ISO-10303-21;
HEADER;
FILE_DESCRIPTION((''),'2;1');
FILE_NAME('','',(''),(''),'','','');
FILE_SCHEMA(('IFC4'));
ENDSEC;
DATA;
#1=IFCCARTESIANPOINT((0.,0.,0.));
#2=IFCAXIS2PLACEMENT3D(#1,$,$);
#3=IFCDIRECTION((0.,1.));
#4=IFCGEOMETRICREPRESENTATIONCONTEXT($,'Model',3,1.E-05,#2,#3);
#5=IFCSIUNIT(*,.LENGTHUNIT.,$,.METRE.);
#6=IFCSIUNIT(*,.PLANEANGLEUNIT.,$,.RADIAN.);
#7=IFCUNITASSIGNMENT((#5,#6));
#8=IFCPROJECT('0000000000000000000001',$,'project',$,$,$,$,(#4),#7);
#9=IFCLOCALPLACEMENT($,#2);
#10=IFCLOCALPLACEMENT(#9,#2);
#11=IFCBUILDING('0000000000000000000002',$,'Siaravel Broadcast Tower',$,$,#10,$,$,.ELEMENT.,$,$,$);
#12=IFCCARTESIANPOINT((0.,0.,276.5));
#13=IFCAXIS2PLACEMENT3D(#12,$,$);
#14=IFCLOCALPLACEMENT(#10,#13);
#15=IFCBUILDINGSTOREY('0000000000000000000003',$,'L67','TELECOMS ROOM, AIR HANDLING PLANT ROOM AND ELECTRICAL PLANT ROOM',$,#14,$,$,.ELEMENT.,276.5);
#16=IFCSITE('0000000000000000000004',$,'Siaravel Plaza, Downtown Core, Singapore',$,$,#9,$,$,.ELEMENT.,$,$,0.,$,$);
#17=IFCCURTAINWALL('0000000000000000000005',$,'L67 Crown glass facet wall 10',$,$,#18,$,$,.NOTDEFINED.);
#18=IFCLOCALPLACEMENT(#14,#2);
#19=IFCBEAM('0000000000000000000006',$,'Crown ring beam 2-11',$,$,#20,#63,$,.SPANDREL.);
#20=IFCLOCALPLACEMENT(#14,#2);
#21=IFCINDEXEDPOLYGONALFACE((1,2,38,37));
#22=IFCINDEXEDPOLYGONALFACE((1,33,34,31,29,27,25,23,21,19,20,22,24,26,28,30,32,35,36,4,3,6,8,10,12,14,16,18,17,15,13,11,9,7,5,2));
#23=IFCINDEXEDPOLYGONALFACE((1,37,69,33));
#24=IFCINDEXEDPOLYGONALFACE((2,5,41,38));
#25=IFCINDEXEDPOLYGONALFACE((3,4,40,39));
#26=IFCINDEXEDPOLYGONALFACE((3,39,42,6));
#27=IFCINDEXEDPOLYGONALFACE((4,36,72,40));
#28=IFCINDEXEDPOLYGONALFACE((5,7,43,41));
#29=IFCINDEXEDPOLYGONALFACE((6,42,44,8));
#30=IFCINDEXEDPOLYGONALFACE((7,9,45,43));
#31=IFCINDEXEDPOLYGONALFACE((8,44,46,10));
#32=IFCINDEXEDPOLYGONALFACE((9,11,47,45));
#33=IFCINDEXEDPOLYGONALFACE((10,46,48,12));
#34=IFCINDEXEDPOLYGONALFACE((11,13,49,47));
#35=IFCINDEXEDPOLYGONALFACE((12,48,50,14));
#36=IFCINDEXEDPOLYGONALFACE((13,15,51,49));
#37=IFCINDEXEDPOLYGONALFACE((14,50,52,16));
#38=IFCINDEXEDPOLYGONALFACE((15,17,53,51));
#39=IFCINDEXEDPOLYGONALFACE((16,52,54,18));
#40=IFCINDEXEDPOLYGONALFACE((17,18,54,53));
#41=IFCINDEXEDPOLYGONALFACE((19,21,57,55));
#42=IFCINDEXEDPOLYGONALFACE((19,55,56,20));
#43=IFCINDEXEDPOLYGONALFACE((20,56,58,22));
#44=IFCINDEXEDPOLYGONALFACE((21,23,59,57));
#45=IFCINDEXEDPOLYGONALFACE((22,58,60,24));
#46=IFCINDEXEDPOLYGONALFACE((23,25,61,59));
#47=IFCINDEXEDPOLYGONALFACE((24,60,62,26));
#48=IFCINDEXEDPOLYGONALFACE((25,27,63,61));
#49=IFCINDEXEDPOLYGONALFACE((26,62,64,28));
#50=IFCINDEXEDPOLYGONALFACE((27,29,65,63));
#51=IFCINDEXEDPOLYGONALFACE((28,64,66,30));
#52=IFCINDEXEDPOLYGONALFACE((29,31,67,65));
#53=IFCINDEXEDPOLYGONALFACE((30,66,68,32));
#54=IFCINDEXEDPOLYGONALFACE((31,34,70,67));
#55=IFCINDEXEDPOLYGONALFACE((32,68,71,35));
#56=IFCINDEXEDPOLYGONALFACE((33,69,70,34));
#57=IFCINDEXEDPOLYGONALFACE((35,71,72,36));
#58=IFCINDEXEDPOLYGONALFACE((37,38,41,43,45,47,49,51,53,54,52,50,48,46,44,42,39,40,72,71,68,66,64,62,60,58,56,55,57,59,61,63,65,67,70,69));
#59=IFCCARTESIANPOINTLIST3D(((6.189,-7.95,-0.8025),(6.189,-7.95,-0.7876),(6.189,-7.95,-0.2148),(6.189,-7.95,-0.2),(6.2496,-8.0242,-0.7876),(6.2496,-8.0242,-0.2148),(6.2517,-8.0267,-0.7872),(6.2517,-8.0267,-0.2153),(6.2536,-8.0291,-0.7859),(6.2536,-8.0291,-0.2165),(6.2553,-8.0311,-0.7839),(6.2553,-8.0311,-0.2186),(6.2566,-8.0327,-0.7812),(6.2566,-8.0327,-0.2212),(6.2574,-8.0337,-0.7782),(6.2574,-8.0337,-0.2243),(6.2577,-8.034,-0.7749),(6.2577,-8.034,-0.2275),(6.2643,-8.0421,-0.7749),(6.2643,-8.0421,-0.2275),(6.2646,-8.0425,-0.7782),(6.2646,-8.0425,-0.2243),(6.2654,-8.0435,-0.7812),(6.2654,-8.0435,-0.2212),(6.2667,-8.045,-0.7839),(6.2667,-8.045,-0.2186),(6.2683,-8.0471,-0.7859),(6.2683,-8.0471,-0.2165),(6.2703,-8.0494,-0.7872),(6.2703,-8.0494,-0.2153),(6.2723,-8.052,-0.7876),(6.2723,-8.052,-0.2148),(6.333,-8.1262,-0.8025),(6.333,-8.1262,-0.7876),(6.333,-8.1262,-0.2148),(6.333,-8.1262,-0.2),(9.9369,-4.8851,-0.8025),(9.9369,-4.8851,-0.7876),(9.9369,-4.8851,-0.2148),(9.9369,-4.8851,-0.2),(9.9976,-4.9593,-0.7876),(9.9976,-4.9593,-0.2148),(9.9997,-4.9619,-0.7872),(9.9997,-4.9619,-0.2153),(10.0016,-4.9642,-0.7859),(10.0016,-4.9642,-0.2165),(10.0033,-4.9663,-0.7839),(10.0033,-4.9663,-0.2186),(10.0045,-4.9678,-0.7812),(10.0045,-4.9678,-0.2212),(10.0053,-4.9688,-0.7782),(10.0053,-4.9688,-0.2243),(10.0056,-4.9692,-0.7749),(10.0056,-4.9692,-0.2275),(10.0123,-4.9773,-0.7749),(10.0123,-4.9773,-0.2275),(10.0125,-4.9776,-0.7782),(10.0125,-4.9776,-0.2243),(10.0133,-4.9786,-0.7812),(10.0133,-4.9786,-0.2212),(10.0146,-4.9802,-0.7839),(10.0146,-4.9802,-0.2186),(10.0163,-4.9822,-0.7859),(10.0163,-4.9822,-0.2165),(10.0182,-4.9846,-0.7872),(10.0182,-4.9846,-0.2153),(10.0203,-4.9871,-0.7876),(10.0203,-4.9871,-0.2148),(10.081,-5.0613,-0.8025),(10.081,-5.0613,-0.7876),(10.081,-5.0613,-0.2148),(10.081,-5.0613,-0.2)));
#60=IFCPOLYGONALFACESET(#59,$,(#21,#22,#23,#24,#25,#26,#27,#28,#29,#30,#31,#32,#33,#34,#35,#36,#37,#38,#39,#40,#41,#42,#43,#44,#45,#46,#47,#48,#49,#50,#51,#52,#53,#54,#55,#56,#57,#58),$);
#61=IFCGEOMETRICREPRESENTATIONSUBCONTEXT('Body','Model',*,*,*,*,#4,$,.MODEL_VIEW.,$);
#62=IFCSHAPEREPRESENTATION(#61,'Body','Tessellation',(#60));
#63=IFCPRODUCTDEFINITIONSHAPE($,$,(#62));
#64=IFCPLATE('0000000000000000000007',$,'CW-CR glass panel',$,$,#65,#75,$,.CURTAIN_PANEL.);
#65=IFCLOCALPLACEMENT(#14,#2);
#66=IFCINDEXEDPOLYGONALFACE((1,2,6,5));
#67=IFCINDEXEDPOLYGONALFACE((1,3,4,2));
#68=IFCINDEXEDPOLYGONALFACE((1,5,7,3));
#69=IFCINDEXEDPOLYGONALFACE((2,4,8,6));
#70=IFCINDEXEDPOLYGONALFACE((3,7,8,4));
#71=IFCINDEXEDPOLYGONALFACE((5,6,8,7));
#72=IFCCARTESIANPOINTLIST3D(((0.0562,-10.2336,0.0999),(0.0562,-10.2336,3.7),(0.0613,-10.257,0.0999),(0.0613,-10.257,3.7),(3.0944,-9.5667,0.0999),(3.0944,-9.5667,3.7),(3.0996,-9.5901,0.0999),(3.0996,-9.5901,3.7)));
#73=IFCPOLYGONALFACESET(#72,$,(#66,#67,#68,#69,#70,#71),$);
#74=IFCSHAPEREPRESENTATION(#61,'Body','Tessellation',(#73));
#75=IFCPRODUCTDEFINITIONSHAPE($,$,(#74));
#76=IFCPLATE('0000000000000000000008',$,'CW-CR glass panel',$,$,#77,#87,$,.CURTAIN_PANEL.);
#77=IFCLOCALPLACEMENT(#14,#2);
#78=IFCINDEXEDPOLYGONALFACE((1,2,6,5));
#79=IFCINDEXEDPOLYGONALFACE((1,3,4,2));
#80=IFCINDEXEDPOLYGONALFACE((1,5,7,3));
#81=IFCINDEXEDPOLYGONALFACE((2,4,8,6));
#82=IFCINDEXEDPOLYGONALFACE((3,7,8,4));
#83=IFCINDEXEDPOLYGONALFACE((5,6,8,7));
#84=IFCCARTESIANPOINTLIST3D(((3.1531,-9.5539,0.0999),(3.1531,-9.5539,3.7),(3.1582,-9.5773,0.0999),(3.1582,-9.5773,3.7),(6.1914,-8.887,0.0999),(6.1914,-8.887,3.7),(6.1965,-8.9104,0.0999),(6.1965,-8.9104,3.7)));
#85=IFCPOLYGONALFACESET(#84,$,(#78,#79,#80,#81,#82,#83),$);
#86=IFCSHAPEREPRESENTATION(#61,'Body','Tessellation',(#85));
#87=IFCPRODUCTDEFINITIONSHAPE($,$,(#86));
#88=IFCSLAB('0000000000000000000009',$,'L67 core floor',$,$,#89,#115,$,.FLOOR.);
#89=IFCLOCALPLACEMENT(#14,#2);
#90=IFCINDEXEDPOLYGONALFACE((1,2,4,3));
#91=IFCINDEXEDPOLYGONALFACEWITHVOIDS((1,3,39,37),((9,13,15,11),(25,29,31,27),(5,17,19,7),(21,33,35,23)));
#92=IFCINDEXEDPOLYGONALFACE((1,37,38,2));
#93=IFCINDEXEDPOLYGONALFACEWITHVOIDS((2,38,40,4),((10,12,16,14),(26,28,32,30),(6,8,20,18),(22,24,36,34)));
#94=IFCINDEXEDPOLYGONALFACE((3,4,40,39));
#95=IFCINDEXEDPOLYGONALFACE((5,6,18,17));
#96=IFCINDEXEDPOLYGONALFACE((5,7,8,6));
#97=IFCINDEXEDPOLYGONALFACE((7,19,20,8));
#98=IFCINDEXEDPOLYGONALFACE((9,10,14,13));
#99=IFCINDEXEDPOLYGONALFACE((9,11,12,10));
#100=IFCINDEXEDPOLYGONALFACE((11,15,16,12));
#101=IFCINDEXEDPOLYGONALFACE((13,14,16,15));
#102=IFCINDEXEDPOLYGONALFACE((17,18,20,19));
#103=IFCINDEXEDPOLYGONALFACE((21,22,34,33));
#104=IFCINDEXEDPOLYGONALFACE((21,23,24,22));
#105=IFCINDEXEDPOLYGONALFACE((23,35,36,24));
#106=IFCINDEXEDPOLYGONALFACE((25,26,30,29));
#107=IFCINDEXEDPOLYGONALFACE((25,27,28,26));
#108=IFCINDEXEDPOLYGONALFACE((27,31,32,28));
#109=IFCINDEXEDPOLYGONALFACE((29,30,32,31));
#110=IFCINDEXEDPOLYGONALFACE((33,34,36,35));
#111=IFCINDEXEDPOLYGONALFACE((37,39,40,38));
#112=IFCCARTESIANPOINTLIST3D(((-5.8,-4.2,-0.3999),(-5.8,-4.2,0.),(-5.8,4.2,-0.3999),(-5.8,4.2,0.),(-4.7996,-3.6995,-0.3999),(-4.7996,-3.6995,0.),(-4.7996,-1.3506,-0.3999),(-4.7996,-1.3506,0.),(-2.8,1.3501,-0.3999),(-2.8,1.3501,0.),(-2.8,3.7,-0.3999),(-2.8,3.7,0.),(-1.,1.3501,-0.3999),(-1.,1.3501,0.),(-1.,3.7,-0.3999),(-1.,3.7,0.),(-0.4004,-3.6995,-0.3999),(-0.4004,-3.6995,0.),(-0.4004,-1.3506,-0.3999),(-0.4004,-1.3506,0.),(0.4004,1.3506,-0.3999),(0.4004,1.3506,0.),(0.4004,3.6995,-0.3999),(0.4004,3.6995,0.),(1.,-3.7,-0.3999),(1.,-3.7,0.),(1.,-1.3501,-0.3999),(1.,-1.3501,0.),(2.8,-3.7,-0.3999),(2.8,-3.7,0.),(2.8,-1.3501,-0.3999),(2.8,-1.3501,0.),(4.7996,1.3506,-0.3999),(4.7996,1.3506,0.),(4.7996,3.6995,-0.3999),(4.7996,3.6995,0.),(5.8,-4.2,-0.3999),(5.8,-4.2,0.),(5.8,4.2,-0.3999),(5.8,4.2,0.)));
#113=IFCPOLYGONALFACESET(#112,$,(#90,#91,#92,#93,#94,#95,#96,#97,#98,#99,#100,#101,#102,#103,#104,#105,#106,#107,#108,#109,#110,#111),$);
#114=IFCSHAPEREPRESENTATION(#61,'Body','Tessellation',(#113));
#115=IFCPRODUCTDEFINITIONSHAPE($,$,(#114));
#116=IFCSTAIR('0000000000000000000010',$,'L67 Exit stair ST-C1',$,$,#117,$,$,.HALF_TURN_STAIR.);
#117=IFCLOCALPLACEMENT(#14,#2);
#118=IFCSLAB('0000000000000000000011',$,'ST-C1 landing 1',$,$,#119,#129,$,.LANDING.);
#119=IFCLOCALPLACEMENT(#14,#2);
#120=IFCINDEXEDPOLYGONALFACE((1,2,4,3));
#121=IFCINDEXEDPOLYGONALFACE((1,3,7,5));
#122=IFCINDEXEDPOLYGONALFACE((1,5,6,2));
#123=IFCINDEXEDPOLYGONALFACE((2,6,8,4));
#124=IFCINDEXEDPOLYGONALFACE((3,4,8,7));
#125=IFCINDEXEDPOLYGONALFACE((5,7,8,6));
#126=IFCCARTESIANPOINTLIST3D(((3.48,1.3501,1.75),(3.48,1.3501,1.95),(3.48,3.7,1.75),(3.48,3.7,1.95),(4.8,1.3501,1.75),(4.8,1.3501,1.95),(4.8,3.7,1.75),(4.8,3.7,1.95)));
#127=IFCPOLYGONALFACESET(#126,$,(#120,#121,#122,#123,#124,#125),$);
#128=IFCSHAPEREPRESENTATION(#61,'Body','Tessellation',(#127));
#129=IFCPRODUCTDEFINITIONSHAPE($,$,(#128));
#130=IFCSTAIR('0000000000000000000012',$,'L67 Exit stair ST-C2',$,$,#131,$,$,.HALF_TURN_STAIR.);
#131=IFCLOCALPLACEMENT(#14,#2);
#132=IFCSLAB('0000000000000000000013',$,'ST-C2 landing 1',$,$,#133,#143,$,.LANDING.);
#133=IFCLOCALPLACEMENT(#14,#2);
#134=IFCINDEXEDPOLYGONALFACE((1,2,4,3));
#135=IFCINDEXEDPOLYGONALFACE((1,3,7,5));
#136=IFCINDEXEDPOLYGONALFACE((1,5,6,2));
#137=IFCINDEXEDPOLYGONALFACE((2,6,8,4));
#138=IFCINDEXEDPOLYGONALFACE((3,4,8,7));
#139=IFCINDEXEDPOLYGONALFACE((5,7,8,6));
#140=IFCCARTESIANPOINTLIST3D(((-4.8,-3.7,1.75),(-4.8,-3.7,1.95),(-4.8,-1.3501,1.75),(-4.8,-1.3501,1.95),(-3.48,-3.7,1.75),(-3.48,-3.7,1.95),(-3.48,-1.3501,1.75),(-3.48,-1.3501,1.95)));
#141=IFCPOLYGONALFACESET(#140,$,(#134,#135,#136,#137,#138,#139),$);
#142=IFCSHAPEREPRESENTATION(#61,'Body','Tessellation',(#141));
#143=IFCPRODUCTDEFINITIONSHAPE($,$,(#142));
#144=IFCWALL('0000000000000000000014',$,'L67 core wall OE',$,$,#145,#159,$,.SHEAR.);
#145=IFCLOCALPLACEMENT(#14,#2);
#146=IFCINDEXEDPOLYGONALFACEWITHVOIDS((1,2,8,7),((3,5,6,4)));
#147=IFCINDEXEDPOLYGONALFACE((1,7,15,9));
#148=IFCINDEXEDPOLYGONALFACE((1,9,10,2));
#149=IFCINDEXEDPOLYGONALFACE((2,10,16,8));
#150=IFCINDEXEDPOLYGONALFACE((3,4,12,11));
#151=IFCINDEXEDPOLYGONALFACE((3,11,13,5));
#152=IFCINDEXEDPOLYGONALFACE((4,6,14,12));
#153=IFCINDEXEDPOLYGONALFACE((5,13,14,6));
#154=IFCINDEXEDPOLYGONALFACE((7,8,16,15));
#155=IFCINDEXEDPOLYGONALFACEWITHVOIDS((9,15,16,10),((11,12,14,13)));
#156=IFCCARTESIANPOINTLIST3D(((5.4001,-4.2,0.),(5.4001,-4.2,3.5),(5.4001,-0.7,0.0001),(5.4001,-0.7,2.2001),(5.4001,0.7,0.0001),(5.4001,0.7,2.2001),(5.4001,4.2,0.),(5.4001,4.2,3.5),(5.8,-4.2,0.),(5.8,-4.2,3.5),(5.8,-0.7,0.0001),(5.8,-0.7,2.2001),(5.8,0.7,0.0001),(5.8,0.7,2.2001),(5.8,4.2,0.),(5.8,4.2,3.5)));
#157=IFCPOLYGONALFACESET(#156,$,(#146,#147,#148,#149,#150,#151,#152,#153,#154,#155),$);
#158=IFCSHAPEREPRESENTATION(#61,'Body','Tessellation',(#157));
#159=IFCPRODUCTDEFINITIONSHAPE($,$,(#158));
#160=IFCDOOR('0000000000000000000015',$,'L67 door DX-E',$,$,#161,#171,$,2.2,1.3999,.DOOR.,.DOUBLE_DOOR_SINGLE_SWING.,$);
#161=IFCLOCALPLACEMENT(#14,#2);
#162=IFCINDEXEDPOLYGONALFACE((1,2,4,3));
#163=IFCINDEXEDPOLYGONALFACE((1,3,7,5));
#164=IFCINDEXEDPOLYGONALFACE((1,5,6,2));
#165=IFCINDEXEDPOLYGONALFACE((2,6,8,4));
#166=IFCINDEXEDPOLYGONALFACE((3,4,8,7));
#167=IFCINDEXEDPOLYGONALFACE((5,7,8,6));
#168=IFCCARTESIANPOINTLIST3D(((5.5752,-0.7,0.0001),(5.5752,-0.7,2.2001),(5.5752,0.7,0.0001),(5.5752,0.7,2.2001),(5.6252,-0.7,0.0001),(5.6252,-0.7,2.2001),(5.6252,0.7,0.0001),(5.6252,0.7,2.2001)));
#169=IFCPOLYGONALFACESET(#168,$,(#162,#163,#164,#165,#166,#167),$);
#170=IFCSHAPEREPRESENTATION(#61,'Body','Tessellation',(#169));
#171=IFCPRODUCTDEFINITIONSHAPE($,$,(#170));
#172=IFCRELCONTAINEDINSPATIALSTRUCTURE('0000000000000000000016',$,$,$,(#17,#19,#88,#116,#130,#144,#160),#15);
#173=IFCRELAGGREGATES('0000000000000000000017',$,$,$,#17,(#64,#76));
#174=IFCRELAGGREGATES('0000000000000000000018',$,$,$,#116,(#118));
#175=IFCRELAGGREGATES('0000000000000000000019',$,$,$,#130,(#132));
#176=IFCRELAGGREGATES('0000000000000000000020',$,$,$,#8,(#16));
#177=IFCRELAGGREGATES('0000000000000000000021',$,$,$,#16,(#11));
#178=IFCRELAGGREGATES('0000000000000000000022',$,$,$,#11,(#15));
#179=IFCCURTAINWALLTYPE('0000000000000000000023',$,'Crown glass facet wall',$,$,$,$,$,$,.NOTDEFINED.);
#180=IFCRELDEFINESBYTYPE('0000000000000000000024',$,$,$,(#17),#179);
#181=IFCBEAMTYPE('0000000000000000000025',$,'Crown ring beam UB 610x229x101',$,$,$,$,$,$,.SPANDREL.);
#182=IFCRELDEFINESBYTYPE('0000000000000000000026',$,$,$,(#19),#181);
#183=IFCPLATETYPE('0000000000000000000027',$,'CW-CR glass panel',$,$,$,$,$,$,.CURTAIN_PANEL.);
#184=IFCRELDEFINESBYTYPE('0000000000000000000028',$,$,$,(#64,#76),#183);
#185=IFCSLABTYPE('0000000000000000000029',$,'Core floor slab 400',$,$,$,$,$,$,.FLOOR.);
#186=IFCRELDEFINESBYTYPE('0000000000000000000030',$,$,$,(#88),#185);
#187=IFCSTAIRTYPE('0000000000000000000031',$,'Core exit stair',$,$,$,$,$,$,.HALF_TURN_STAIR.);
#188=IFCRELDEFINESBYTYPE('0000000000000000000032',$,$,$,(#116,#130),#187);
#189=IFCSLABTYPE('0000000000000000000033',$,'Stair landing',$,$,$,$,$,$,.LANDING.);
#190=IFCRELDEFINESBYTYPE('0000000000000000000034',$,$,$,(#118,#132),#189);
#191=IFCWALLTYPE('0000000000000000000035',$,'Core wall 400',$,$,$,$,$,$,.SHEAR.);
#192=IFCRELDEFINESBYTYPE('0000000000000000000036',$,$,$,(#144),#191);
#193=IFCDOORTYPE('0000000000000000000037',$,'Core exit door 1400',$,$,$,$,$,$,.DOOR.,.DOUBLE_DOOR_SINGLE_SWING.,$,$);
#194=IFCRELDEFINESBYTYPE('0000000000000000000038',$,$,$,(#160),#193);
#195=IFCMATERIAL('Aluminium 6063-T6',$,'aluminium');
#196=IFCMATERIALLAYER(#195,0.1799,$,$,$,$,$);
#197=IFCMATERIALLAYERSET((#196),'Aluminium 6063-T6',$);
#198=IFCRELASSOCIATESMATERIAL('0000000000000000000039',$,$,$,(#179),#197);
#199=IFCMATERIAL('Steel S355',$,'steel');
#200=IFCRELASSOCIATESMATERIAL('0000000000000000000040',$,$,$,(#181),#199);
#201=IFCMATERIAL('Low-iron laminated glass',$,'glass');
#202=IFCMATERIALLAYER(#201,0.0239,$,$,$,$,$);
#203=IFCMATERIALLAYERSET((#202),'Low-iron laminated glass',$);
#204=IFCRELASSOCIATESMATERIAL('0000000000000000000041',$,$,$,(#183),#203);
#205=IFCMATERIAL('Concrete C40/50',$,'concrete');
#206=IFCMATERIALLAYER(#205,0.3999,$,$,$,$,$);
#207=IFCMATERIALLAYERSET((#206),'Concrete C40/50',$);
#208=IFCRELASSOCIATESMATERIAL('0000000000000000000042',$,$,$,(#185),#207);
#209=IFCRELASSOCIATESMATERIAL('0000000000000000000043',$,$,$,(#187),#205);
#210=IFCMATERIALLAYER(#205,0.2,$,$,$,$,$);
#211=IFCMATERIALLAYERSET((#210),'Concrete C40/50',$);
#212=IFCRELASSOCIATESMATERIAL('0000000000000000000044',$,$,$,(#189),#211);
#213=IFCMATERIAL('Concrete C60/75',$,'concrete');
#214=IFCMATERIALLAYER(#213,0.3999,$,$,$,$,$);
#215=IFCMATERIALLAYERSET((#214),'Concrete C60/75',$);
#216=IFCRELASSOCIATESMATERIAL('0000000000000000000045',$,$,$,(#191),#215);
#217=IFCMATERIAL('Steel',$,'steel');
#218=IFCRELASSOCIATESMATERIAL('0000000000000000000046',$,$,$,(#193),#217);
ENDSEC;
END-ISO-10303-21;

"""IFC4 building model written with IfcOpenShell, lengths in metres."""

from ifc_helpers import new_model, si_unit, direction, frame, frame_2d, origin, origin_2d, place, context, subcontext, project, spatial, polyline, rectangle, i_section, outline, extrude, material, layer, layer_set, material_profile, profile_set, type_object, element, fill, aggregate, save


model = new_model("IFC4")

# Units and contexts
model_context = context("Model", 3, precision=1e-05, world=origin(), true_north=direction((0.0, 1.0)))
body_context = subcontext(model_context, "Body", "Model", "MODEL_VIEW")
ifc_project = project(units=[si_unit("LENGTHUNIT", "METRE"), si_unit("PLANEANGLEUNIT", "RADIAN")], contexts=[model_context])

# Site, building, storey
site_placement = place(None, origin())
site = spatial("IfcSite", under=ifc_project, at=site_placement, Name="Siaravel Plaza, Downtown Core, Singapore", CompositionType="ELEMENT", RefElevation=0.0)
building_placement = place(site_placement, origin())
building = spatial("IfcBuilding", under=site, at=building_placement, Name="Siaravel Broadcast Tower", CompositionType="ELEMENT")
storey_placement = place(building_placement, frame((0.0, 0.0, 276.5)))
storey = spatial("IfcBuildingStorey", under=building, at=storey_placement, Name="L67", Description="TELECOMS ROOM, AIR HANDLING PLANT ROOM AND ELECTRICAL PLANT ROOM", CompositionType="ELEMENT", Elevation=276.5)

# Curtain wall
ifc_material_1 = material(Name="Aluminium 6063-T6", Category="aluminium")
ifc_layer_1 = layer(ifc_material_1, 0.1799)
ifc_layer_set_1 = layer_set([ifc_layer_1], Name="Aluminium 6063-T6")
curtain_wall_type = type_object("IfcCurtainWallType", Name="Crown glass facet wall", PredefinedType="NOTDEFINED", material=ifc_layer_set_1)
curtain_wall_1_placement = place(storey_placement, origin())
curtain_wall_1 = element("IfcCurtainWall", 1, at=curtain_wall_1_placement, inside=storey, type_object=curtain_wall_type, Name="L67 Crown glass facet wall 10", PredefinedType="NOTDEFINED")

# Beam
ifc_material_2 = material(Name="Steel S355", Category="steel")
ifc_material_profile_1 = material_profile(ifc_material_2, i_section(OverallWidth=0.2275, OverallDepth=0.6025, WebThickness=0.0105, FlangeThickness=0.0149, FilletRadius=0.0127, at=origin_2d()))
ifc_profile_set_1 = profile_set([ifc_material_profile_1], Name="Steel S355")
beam_type_1 = type_object("IfcBeamType", Name="Crown ring beam UB 610x229x101", PredefinedType="SPANDREL", material=ifc_profile_set_1)
beam_1_placement = place(storey_placement, frame((6.261, -8.0381, -0.5012), z_axis=(0.774124, 0.633035, 0.0), x_axis=(-0.633035, 0.774124, 0.0)))
element("IfcBeam", 2, at=beam_1_placement, inside=storey, type_object=beam_type_1, Name="Crown ring beam 2-11", PredefinedType="SPANDREL", context=body_context, shape_type="SweptSolid", body=[
    extrude(i_section(OverallWidth=0.2275, OverallDepth=0.6025, WebThickness=0.0105, FlangeThickness=0.0149, FilletRadius=0.0127, at=origin_2d()), origin(), (0.0, 0.0, 1.0), 4.8416),
])

# Plates
ifc_material_3 = material(Name="Low-iron laminated glass", Category="glass")
ifc_layer_2 = layer(ifc_material_3, 0.0239)
ifc_layer_set_2 = layer_set([ifc_layer_2], Name="Low-iron laminated glass")
plate_type = type_object("IfcPlateType", Name="CW-CR glass panel", PredefinedType="CURTAIN_PANEL", material=ifc_layer_set_2)
plate_1_placement = place(storey_placement, frame((1.5779, -9.9119, 0.0999), z_axis=(0.0, 0.0, 1.0), x_axis=(0.976747, 0.214394, 0.0)))
plate_1 = element("IfcPlate", 3, at=plate_1_placement, type_object=plate_type, Name="CW-CR glass panel", PredefinedType="CURTAIN_PANEL", context=body_context, shape_type="SweptSolid", body=[
    extrude(rectangle(XDim=3.1106, YDim=0.0239, at=origin_2d()), origin(), (0.0, 0.0, 1.0), 3.6001),
])
plate_2_placement = place(storey_placement, frame((4.6748, -9.2322, 0.0999), z_axis=(0.0, 0.0, 1.0), x_axis=(0.976747, 0.214394, 0.0)))
plate_2 = element("IfcPlate", 4, at=plate_2_placement, type_object=plate_type, Name="CW-CR glass panel", PredefinedType="CURTAIN_PANEL", context=body_context, shape_type="SweptSolid", body=[
    extrude(rectangle(XDim=3.1106, YDim=0.0239, at=origin_2d()), origin(), (0.0, 0.0, 1.0), 3.6001),
])
aggregate(curtain_wall_1, [plate_1, plate_2])

# Slab
ifc_material_4 = material(Name="Concrete C40/50", Category="concrete")
ifc_layer_3 = layer(ifc_material_4, 0.3999)
ifc_layer_set_3 = layer_set([ifc_layer_3], Name="Concrete C40/50")
slab_type_1 = type_object("IfcSlabType", Name="Core floor slab 400", PredefinedType="FLOOR", material=ifc_layer_set_3)
slab_1_placement = place(storey_placement, frame((0.0, 0.0, -0.3999)))
element("IfcSlab", 5, at=slab_1_placement, inside=storey, type_object=slab_type_1, Name="L67 core floor", PredefinedType="FLOOR", context=body_context, shape_type="SweptSolid", body=[
    extrude(outline(polyline([(-5.8, -4.2), (-5.8, 4.2), (5.8, 4.2), (5.8, -4.2), (-5.8, -4.2)]), holes=[polyline([(0.4004, 3.6995), (0.4004, 1.3506), (4.7996, 1.3506), (4.7996, 3.6995), (0.4004, 3.6995)]), polyline([(1.0, -3.7), (2.8, -3.7), (2.8, -1.3501), (1.0, -1.3501), (1.0, -3.7)]), polyline([(-0.4004, -3.6995), (-0.4004, -1.3506), (-4.7996, -1.3506), (-4.7996, -3.6995), (-0.4004, -3.6995)]), polyline([(-2.8, 1.3501), (-1.0, 1.3501), (-1.0, 3.7), (-2.8, 3.7), (-2.8, 1.3501)])]), origin(), (0.0, 0.0, 1.0), 0.3999),
])

# Stairs, slabs
stair_type = type_object("IfcStairType", Name="Core exit stair", PredefinedType="HALF_TURN_STAIR", material=ifc_material_4)
stair_1_placement = place(storey_placement, origin())
stair_1 = element("IfcStair", 6, at=stair_1_placement, inside=storey, type_object=stair_type, Name="L67 Exit stair ST-C1", PredefinedType="HALF_TURN_STAIR")
ifc_layer_4 = layer(ifc_material_4, 0.2)
ifc_layer_set_4 = layer_set([ifc_layer_4], Name="Concrete C40/50")
slab_type_2 = type_object("IfcSlabType", Name="Stair landing", PredefinedType="LANDING", material=ifc_layer_set_4)
slab_2_placement = place(storey_placement, frame((0.0, 0.0, 1.75)))
slab_2 = element("IfcSlab", 7, at=slab_2_placement, type_object=slab_type_2, Name="ST-C1 landing 1", PredefinedType="LANDING", context=body_context, shape_type="SweptSolid", body=[
    extrude(outline(polyline([(3.48, 1.3501), (4.8, 1.3501), (4.8, 3.7), (3.48, 3.7), (3.48, 1.3501)])), origin(), (0.0, 0.0, 1.0), 0.2),
])
aggregate(stair_1, [slab_2])
stair_2_placement = place(storey_placement, origin())
stair_2 = element("IfcStair", 8, at=stair_2_placement, inside=storey, type_object=stair_type, Name="L67 Exit stair ST-C2", PredefinedType="HALF_TURN_STAIR")
slab_3_placement = place(storey_placement, frame((0.0, 0.0, 1.75)))
slab_3 = element("IfcSlab", 9, at=slab_3_placement, type_object=slab_type_2, Name="ST-C2 landing 1", PredefinedType="LANDING", context=body_context, shape_type="SweptSolid", body=[
    extrude(outline(polyline([(-3.48, -1.3501), (-4.8, -1.3501), (-4.8, -3.7), (-3.48, -3.7), (-3.48, -1.3501)])), origin(), (0.0, 0.0, 1.0), 0.2),
])
aggregate(stair_2, [slab_3])

# Wall, opening, door
ifc_material_5 = material(Name="Concrete C60/75", Category="concrete")
ifc_layer_5 = layer(ifc_material_5, 0.3999)
ifc_layer_set_5 = layer_set([ifc_layer_5], Name="Concrete C60/75")
wall_type_1 = type_object("IfcWallType", Name="Core wall 400", PredefinedType="SHEAR", material=ifc_layer_set_5)
wall_1_placement = place(storey_placement, frame((5.6001, -4.2, 0.0), z_axis=(0.0, 0.0, 1.0), x_axis=(0.0, 1.0, 0.0)))
wall_1 = element("IfcWall", 10, at=wall_1_placement, inside=storey, type_object=wall_type_1, Name="L67 core wall OE", PredefinedType="SHEAR", context=body_context, shape_type="SweptSolid", body=[
    extrude(rectangle(XDim=8.3999, YDim=0.3999, at=frame_2d((4.2, 0.0))), origin(), (0.0, 0.0, 1.0), 3.5),
])
opening_1_placement = place(wall_1_placement, frame((3.5, 0.0, 0.0)))
opening_1 = element("IfcOpeningElement", 11, at=opening_1_placement, cuts=wall_1, PredefinedType="OPENING", context=body_context, shape_type="SweptSolid", body=[
    extrude(rectangle(XDim=1.3999, YDim=2.2, at=frame_2d((0.7, 1.1001))), frame((0.0, 0.21, 0.0), z_axis=(0.0, -1.0, 0.0), x_axis=(1.0, 0.0, 0.0)), (0.0, 0.0, 1.0), 0.4199),
])
ifc_material_6 = material(Name="Steel", Category="steel")
door_type_1 = type_object("IfcDoorType", Name="Core exit door 1400", OperationType="DOUBLE_DOOR_SINGLE_SWING", PredefinedType="DOOR", material=ifc_material_6)
door_1_placement = place(opening_1_placement, origin())
door_1 = element("IfcDoor", 12, at=door_1_placement, inside=storey, type_object=door_type_1, Name="L67 door DX-E", OperationType="DOUBLE_DOOR_SINGLE_SWING", OverallHeight=2.2, OverallWidth=1.3999, PredefinedType="DOOR", context=body_context, shape_type="SweptSolid", body=[
    extrude(rectangle(XDim=1.3999, YDim=2.2, at=frame_2d((0.7, 1.1001))), frame((0.0, 0.0249, 0.0), z_axis=(0.0, -1.0, 0.0), x_axis=(1.0, 0.0, 0.0)), (0.0, 0.0, 1.0), 0.05),
])
fill(opening_1, door_1)

save(model, "model.ifc")
